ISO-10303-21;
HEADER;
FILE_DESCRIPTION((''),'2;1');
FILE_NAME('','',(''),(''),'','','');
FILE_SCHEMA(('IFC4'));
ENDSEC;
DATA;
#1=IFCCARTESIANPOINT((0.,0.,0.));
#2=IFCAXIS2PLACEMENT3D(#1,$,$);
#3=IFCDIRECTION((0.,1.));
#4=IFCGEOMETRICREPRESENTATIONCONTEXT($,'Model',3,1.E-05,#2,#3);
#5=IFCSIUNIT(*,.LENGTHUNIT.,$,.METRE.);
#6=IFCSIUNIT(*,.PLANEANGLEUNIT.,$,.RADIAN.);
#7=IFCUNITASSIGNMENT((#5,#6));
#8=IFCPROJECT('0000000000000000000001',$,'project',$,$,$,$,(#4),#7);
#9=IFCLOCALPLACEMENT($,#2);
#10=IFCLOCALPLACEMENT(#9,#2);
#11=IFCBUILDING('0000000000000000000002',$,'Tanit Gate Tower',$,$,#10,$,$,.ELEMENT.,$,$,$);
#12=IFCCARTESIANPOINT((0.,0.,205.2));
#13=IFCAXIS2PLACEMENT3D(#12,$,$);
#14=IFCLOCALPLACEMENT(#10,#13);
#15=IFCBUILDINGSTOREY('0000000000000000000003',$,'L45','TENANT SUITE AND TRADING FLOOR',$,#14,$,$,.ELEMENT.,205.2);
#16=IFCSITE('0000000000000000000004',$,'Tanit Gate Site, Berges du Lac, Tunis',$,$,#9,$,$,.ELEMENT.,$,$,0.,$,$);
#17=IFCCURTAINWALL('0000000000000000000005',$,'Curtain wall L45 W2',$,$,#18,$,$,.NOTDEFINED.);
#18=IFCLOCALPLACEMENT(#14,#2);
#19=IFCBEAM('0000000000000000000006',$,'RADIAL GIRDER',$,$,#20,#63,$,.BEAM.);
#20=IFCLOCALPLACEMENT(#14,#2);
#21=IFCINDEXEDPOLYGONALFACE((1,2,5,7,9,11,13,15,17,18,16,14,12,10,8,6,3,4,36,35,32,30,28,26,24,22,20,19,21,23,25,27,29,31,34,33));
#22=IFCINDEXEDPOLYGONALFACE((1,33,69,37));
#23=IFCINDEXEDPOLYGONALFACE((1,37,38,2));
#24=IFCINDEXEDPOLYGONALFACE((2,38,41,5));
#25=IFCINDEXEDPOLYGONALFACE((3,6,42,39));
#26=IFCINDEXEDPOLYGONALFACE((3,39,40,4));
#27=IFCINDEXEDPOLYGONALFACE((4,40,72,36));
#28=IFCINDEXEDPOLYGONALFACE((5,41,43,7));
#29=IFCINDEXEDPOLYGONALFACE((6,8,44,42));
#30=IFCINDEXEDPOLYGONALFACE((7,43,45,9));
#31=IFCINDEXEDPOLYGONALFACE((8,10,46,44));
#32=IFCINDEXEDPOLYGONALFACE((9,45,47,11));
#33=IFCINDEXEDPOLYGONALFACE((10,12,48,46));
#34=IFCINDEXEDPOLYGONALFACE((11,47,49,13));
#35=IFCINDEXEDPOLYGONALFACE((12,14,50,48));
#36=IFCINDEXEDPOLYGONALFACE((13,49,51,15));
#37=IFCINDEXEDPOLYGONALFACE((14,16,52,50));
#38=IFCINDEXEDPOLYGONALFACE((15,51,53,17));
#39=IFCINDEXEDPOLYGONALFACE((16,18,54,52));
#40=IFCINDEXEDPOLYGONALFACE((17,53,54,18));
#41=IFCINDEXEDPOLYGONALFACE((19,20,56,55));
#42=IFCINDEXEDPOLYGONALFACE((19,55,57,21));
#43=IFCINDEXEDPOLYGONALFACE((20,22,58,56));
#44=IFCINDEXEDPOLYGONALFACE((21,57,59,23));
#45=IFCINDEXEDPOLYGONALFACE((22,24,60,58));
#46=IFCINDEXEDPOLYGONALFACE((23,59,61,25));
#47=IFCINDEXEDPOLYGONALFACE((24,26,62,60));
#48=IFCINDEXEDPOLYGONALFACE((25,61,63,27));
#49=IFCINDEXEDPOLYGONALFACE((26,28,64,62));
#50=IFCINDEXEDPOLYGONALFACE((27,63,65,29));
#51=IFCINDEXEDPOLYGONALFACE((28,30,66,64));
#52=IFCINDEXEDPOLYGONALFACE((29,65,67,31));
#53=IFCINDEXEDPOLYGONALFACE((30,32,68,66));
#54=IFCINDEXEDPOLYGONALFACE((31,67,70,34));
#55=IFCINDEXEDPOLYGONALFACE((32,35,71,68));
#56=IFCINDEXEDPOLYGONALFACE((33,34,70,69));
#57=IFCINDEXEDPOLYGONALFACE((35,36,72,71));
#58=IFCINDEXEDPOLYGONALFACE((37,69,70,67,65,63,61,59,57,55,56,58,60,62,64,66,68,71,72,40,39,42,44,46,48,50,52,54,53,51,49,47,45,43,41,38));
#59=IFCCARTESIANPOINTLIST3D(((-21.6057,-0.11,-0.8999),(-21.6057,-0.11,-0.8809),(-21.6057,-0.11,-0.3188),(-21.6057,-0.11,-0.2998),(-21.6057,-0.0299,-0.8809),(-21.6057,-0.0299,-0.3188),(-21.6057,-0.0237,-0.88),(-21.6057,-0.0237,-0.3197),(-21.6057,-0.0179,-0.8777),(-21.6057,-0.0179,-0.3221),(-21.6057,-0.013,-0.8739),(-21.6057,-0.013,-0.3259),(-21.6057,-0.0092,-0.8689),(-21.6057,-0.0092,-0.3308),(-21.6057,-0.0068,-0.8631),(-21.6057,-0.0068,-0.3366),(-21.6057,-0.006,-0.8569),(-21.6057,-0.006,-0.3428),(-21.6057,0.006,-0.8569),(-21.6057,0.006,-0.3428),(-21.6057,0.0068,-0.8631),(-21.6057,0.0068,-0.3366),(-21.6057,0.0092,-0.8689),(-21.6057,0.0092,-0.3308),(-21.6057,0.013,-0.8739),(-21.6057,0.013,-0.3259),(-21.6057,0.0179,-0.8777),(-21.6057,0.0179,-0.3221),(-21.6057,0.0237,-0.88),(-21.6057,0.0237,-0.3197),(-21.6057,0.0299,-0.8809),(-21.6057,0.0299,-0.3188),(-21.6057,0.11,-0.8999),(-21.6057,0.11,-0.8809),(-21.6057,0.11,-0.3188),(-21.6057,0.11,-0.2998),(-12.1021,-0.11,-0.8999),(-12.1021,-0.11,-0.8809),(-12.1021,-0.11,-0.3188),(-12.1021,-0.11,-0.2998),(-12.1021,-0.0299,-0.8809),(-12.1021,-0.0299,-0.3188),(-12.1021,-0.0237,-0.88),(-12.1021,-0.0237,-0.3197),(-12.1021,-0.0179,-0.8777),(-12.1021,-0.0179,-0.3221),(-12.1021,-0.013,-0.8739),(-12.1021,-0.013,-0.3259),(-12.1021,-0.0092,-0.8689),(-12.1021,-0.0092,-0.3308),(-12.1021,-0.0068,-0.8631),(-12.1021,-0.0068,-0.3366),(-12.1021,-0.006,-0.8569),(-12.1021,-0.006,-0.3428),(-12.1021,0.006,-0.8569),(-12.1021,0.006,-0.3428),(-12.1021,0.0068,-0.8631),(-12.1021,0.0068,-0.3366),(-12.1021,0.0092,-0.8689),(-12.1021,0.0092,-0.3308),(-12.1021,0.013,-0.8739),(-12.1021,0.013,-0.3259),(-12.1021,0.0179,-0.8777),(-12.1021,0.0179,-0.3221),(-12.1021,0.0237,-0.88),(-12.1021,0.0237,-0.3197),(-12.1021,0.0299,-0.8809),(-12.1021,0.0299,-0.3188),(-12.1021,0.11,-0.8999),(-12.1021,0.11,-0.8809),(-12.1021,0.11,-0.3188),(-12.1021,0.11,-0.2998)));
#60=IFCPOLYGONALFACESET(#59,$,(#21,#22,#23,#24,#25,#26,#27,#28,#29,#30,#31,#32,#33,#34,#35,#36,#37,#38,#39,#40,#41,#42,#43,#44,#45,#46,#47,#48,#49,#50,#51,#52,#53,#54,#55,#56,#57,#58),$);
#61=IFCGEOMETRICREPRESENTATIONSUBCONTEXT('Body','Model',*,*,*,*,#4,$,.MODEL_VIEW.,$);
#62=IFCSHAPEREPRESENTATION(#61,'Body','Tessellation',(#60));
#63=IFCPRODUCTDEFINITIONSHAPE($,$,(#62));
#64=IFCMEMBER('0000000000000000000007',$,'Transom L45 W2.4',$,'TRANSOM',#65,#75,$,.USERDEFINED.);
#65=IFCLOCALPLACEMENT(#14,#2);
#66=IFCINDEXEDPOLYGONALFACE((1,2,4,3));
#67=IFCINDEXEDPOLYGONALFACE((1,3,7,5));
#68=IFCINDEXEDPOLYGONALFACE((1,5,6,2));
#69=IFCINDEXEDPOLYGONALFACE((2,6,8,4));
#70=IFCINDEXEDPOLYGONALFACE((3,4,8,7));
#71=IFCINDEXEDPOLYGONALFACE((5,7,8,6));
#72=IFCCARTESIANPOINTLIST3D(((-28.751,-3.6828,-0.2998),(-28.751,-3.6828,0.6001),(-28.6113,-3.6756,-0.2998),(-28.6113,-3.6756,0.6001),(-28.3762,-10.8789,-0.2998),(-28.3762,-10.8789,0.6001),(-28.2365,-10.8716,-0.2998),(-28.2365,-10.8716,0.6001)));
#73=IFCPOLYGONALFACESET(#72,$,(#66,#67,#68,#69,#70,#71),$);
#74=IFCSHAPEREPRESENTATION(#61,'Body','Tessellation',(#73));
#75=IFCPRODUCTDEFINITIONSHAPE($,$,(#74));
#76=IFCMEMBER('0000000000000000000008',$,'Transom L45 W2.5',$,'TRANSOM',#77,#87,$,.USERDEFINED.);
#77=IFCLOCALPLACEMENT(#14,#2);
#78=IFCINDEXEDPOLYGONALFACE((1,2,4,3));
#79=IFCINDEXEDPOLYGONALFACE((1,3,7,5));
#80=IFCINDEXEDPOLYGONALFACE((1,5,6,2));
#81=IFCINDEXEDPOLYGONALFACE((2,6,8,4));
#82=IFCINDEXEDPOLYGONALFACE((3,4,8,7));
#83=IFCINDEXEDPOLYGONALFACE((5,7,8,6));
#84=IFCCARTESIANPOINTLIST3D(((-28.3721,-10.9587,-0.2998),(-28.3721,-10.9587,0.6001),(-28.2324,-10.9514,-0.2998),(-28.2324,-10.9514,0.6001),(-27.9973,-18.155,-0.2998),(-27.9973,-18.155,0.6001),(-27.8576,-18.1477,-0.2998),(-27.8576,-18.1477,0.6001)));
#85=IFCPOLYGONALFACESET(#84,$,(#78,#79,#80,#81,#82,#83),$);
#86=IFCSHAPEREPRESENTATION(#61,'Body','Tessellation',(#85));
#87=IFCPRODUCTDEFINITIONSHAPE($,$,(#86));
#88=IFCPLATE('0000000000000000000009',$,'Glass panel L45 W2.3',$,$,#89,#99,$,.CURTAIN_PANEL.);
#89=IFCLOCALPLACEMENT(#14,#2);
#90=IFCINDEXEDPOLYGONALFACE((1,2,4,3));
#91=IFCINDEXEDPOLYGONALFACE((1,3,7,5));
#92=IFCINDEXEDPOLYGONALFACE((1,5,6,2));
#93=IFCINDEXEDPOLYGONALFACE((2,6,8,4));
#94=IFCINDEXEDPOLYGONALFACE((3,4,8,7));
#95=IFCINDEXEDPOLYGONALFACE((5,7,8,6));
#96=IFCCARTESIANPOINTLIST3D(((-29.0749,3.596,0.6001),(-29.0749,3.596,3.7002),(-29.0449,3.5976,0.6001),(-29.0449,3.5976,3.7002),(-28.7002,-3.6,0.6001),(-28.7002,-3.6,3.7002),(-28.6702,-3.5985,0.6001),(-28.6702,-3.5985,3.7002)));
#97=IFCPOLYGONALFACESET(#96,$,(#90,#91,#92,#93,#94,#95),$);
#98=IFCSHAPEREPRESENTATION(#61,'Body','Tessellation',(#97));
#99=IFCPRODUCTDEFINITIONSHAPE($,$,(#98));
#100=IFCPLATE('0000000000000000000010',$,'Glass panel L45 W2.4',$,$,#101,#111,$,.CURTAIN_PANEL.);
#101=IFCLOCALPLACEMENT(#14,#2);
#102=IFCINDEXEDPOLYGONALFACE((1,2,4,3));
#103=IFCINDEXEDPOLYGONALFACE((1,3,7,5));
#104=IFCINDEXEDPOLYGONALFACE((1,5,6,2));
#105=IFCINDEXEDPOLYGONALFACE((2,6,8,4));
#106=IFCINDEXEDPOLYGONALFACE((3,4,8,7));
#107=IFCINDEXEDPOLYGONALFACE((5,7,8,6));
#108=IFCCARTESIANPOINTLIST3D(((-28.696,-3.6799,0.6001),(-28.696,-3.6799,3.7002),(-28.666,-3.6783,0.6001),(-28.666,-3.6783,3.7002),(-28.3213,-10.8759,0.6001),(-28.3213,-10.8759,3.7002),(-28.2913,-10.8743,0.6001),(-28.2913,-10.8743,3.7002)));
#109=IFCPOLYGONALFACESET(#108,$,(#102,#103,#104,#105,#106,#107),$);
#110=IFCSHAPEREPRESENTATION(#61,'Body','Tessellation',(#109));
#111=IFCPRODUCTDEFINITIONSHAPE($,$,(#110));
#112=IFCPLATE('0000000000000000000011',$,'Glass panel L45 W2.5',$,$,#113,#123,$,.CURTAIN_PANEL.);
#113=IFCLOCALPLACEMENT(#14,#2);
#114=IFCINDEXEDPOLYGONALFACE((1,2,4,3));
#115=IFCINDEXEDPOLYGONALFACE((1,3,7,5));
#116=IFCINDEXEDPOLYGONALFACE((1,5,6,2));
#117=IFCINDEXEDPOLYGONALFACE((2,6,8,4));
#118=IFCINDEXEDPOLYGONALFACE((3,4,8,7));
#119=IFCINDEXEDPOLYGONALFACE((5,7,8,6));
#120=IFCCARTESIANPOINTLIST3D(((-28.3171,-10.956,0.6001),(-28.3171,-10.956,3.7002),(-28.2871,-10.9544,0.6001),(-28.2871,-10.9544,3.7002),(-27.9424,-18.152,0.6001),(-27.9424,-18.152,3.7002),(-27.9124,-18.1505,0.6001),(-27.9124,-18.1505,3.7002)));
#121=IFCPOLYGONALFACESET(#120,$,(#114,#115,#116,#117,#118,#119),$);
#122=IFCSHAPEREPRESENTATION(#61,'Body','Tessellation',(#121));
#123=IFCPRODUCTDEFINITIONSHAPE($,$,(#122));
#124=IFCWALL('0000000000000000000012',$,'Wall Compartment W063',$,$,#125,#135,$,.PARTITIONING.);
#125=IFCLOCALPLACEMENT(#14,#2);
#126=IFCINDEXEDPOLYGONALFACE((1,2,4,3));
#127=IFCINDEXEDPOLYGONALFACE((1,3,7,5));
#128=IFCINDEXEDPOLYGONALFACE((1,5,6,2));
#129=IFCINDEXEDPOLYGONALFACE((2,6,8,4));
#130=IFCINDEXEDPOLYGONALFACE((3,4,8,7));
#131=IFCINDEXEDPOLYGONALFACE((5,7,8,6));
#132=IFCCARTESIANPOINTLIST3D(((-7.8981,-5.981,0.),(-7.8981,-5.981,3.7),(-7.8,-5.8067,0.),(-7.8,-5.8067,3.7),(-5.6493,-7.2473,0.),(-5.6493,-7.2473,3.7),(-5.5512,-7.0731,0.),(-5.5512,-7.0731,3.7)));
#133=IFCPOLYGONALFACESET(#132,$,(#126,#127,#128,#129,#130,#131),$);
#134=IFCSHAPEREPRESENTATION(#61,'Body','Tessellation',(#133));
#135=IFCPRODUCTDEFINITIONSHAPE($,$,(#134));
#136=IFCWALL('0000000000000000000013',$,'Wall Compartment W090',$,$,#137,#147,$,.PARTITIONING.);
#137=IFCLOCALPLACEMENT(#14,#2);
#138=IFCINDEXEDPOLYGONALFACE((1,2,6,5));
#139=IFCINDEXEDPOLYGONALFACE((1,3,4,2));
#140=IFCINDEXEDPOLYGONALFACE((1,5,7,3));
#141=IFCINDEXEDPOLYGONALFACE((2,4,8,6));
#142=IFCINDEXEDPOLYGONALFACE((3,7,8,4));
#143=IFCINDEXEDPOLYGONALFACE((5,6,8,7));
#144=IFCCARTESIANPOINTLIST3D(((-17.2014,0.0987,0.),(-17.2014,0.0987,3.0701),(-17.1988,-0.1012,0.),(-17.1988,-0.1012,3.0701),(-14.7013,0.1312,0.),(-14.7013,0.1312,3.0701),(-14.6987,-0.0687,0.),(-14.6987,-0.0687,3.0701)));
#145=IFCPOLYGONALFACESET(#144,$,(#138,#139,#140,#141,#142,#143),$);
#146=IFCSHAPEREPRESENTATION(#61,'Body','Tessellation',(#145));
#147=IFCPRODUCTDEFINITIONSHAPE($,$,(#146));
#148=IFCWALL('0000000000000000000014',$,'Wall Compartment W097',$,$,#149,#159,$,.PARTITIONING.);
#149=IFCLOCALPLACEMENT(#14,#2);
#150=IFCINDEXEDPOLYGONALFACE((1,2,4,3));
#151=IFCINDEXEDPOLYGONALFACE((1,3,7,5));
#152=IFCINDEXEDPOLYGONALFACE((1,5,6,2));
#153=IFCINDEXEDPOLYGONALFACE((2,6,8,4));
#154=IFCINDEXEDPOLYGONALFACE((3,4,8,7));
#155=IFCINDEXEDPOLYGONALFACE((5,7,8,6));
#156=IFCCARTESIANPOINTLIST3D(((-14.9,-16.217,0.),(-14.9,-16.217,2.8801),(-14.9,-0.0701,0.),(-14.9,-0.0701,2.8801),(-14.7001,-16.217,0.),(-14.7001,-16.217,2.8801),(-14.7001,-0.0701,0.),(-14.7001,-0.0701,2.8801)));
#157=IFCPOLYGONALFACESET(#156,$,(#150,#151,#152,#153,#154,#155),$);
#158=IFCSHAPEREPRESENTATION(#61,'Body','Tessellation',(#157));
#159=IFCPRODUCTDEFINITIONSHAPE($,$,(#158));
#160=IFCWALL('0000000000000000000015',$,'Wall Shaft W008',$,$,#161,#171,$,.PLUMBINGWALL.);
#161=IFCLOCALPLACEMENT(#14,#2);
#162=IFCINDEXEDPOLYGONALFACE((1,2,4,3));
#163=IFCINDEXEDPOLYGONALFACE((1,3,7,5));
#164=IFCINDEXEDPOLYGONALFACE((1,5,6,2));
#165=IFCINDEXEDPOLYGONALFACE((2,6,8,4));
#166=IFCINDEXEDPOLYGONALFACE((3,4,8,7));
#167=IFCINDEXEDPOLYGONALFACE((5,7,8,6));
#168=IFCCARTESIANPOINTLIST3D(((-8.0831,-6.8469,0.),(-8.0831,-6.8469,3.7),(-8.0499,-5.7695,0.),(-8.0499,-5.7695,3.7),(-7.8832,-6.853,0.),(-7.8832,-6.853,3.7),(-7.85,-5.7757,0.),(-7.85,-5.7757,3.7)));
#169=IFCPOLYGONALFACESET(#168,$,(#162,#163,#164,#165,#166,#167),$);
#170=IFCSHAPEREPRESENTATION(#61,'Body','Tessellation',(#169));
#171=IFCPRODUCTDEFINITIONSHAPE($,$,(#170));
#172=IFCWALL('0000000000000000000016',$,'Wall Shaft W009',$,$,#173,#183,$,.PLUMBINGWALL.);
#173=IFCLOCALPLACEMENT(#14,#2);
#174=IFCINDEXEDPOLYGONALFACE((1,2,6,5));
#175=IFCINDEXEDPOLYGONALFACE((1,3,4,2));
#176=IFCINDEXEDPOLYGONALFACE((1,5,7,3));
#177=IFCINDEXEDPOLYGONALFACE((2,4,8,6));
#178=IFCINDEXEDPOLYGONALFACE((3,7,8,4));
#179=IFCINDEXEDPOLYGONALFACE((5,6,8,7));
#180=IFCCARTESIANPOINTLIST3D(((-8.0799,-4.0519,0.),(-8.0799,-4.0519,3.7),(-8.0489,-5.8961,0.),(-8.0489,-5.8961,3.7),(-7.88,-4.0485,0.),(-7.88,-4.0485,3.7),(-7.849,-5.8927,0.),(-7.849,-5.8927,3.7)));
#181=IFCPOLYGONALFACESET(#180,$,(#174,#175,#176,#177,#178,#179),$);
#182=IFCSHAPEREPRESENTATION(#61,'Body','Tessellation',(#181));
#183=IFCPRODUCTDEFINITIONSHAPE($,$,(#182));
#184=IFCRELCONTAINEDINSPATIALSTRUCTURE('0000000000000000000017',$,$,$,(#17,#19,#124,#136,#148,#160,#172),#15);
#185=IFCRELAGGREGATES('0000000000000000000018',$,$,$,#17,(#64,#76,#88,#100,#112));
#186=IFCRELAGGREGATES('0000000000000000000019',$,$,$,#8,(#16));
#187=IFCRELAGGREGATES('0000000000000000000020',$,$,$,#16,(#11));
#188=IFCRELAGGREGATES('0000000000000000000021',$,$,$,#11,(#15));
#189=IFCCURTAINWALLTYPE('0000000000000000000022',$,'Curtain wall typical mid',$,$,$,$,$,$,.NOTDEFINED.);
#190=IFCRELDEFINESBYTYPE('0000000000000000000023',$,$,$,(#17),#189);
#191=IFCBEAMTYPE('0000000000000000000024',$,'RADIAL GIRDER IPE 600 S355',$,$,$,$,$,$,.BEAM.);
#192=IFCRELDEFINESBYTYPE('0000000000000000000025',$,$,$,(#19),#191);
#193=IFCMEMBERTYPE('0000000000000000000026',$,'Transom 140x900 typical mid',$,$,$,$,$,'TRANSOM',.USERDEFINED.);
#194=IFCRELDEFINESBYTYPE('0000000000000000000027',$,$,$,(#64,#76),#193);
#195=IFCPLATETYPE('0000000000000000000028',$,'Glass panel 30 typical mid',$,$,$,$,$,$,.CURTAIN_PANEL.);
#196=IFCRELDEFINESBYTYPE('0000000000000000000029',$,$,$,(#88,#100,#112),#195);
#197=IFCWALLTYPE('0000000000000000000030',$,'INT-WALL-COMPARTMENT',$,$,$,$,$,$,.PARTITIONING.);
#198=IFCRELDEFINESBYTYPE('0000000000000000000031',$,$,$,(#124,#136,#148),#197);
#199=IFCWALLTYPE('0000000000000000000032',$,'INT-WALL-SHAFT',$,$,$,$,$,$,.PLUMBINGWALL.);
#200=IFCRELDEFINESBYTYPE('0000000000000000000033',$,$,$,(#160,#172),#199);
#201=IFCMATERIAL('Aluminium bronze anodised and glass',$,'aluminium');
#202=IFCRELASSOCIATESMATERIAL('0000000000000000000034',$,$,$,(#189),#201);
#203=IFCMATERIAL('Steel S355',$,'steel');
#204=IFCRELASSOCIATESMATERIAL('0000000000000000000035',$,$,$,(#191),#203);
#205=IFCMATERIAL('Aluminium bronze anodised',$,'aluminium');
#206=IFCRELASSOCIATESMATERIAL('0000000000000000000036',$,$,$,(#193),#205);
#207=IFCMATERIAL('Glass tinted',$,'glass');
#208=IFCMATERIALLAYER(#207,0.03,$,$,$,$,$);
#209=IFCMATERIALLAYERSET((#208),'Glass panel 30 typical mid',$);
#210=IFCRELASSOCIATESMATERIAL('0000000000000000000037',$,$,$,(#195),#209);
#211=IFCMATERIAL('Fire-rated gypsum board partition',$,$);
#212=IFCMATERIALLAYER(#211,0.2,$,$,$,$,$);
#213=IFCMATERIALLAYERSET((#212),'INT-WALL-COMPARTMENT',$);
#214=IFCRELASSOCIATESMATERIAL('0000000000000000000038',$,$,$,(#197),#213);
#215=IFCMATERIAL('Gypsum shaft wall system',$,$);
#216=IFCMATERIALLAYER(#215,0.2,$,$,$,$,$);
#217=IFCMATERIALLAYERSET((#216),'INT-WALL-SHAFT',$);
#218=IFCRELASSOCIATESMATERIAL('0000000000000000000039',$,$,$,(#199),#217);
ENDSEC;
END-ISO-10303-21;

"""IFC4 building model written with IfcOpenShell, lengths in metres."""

from ifc_helpers import new_model, si_unit, direction, frame, frame_2d, origin, origin_2d, place, context, subcontext, project, spatial, rectangle, i_section, extrude, material, layer, layer_set, material_profile, profile_set, type_object, element, aggregate, save


model = new_model("IFC4")

# Units and contexts
model_context = context("Model", 3, precision=1e-05, world=origin(), true_north=direction((0.0, 1.0)))
body_context = subcontext(model_context, "Body", "Model", "MODEL_VIEW")
ifc_project = project(units=[si_unit("LENGTHUNIT", "METRE"), si_unit("PLANEANGLEUNIT", "RADIAN")], contexts=[model_context])

# Site, building, storey
site_placement = place(None, origin())
site = spatial("IfcSite", under=ifc_project, at=site_placement, Name="Tanit Gate Site, Berges du Lac, Tunis", CompositionType="ELEMENT", RefElevation=0.0)
building_placement = place(site_placement, origin())
building = spatial("IfcBuilding", under=site, at=building_placement, Name="Tanit Gate Tower", CompositionType="ELEMENT")
storey_placement = place(building_placement, frame((0.0, 0.0, 205.2)))
storey = spatial("IfcBuildingStorey", under=building, at=storey_placement, Name="L45", Description="TENANT SUITE AND TRADING FLOOR", CompositionType="ELEMENT", Elevation=205.2)

# Curtain wall
ifc_material_1 = material(Name="Aluminium bronze anodised and glass", Category="aluminium")
curtain_wall_type = type_object("IfcCurtainWallType", Name="Curtain wall typical mid", PredefinedType="NOTDEFINED", material=ifc_material_1)
curtain_wall_placement = place(storey_placement, origin())
curtain_wall = element("IfcCurtainWall", 1, at=curtain_wall_placement, inside=storey, type_object=curtain_wall_type, Name="Curtain wall L45 W2", PredefinedType="NOTDEFINED")

# Beam
ifc_material_2 = material(Name="Steel S355", Category="steel")
ifc_material_profile_1 = material_profile(ifc_material_2, i_section(OverallWidth=0.22, OverallDepth=0.6001, WebThickness=0.012, FlangeThickness=0.019, FilletRadius=0.0239, at=origin_2d()), Name="IPE 600")
ifc_profile_set_1 = profile_set([ifc_material_profile_1], Name="Steel S355")
beam_type_1 = type_object("IfcBeamType", Name="RADIAL GIRDER IPE 600 S355", PredefinedType="BEAM", material=ifc_profile_set_1)
beam_1_placement = place(storey_placement, frame((-21.6057, 0.0, -0.5999), z_axis=(1.0, 0.0, 0.0), x_axis=(0.0, 1.0, 0.0)))
element("IfcBeam", 2, at=beam_1_placement, inside=storey, type_object=beam_type_1, Name="RADIAL GIRDER", PredefinedType="BEAM", context=body_context, shape_type="SweptSolid", body=[
    extrude(i_section(OverallWidth=0.22, OverallDepth=0.6001, WebThickness=0.012, FlangeThickness=0.019, FilletRadius=0.0239, at=origin_2d()), origin(), (0.0, 0.0, 1.0), 9.5037),
])

# Members
ifc_material_3 = material(Name="Aluminium bronze anodised", Category="aluminium")
ifc_material_profile_2 = material_profile(ifc_material_3, rectangle(XDim=0.1399, YDim=0.8999, at=origin_2d()), Name="140x900 bronze transom")
ifc_profile_set_2 = profile_set([ifc_material_profile_2], Name="Aluminium bronze anodised")
member_type_1 = type_object("IfcMemberType", Name="Transom 140x900 typical mid", ElementType="TRANSOM", PredefinedType="USERDEFINED", material=ifc_profile_set_2)
member_1_placement = place(storey_placement, frame((-28.6812, -3.6792, 0.1501), z_axis=(0.052008, -0.998647, 0.0), x_axis=(0.998647, 0.052008, 0.0)))
member_1 = element("IfcMember", 3, at=member_1_placement, type_object=member_type_1, Name="Transom L45 W2.4", ObjectType="TRANSOM", PredefinedType="USERDEFINED", context=body_context, shape_type="SweptSolid", body=[
    extrude(rectangle(XDim=0.1399, YDim=0.8999, at=origin_2d()), origin(), (0.0, 0.0, 1.0), 7.2058),
])
member_2_placement = place(storey_placement, frame((-28.3022, -10.9551, 0.1501), z_axis=(0.052006, -0.998647, 0.0), x_axis=(0.998647, 0.052006, 0.0)))
member_2 = element("IfcMember", 4, at=member_2_placement, type_object=member_type_1, Name="Transom L45 W2.5", ObjectType="TRANSOM", PredefinedType="USERDEFINED", context=body_context, shape_type="SweptSolid", body=[
    extrude(rectangle(XDim=0.1399, YDim=0.8999, at=origin_2d()), origin(), (0.0, 0.0, 1.0), 7.2061),
])

# Plates
ifc_material_4 = material(Name="Glass tinted", Category="glass")
ifc_layer_1 = layer(ifc_material_4, 0.03)
ifc_layer_set_1 = layer_set([ifc_layer_1], Name="Glass panel 30 typical mid")
plate_type = type_object("IfcPlateType", Name="Glass panel 30 typical mid", PredefinedType="CURTAIN_PANEL", material=ifc_layer_set_1)
plate_1_placement = place(storey_placement, frame((-28.8726, -0.0012, 0.6001), z_axis=(0.0, 0.0, 1.0), x_axis=(0.052003, -0.998647, 0.0)))
plate_1 = element("IfcPlate", 5, at=plate_1_placement, type_object=plate_type, Name="Glass panel L45 W2.3", PredefinedType="CURTAIN_PANEL", context=body_context, shape_type="SweptSolid", body=[
    extrude(rectangle(XDim=7.2058, YDim=0.03, at=origin_2d()), origin(), (0.0, 0.0, 1.0), 3.1001),
])
plate_2_placement = place(storey_placement, frame((-28.4937, -7.2771, 0.6001), z_axis=(0.0, 0.0, 1.0), x_axis=(0.052003, -0.998647, 0.0)))
plate_2 = element("IfcPlate", 6, at=plate_2_placement, type_object=plate_type, Name="Glass panel L45 W2.4", PredefinedType="CURTAIN_PANEL", context=body_context, shape_type="SweptSolid", body=[
    extrude(rectangle(XDim=7.2058, YDim=0.03, at=origin_2d()), origin(), (0.0, 0.0, 1.0), 3.1001),
])
plate_3_placement = place(storey_placement, frame((-28.1147, -14.5532, 0.6001), z_axis=(0.0, 0.0, 1.0), x_axis=(0.052003, -0.998647, 0.0)))
plate_3 = element("IfcPlate", 7, at=plate_3_placement, type_object=plate_type, Name="Glass panel L45 W2.5", PredefinedType="CURTAIN_PANEL", context=body_context, shape_type="SweptSolid", body=[
    extrude(rectangle(XDim=7.2058, YDim=0.03, at=origin_2d()), origin(), (0.0, 0.0, 1.0), 3.1001),
])
aggregate(curtain_wall, [member_1, member_2, plate_1, plate_2, plate_3])

# Walls
ifc_material_5 = material(Name="Fire-rated gypsum board partition")
ifc_layer_2 = layer(ifc_material_5, 0.2)
ifc_layer_set_2 = layer_set([ifc_layer_2], Name="INT-WALL-COMPARTMENT")
wall_type_1 = type_object("IfcWallType", Name="INT-WALL-COMPARTMENT", PredefinedType="PARTITIONING", material=ifc_layer_set_2)
wall_1_placement = place(storey_placement, frame((-7.8491, -5.8938, 0.0), z_axis=(0.0, 0.0, 1.0), x_axis=(0.87134, -0.490679, 0.0)))
element("IfcWall", 8, at=wall_1_placement, inside=storey, type_object=wall_type_1, Name="Wall Compartment W063", PredefinedType="PARTITIONING", context=body_context, shape_type="SweptSolid", body=[
    extrude(rectangle(XDim=2.5808, YDim=0.2, at=frame_2d((1.2905, 0.0))), origin(), (0.0, 0.0, 1.0), 3.7),
])
wall_2_placement = place(storey_placement, frame((-17.2, -0.0012, 0.0), z_axis=(0.0, 0.0, 1.0), x_axis=(0.999916, 0.012987, 0.0)))
element("IfcWall", 9, at=wall_2_placement, inside=storey, type_object=wall_type_1, Name="Wall Compartment W090", PredefinedType="PARTITIONING", context=body_context, shape_type="SweptSolid", body=[
    extrude(rectangle(XDim=2.5002, YDim=0.2, at=frame_2d((1.25, 0.0))), origin(), (0.0, 0.0, 1.0), 3.0701),
])
wall_3_placement = place(storey_placement, frame((-14.8, -0.0701, 0.0), z_axis=(0.0, 0.0, 1.0), x_axis=(0.0, -1.0, 0.0)))
element("IfcWall", 10, at=wall_3_placement, inside=storey, type_object=wall_type_1, Name="Wall Compartment W097", PredefinedType="PARTITIONING", context=body_context, shape_type="SweptSolid", body=[
    extrude(rectangle(XDim=16.147, YDim=0.2, at=frame_2d((8.0735, 0.0))), origin(), (0.0, 0.0, 1.0), 2.8801),
])
ifc_material_6 = material(Name="Gypsum shaft wall system")
ifc_layer_3 = layer(ifc_material_6, 0.2)
ifc_layer_set_3 = layer_set([ifc_layer_3], Name="INT-WALL-SHAFT")
wall_type_2 = type_object("IfcWallType", Name="INT-WALL-SHAFT", PredefinedType="PLUMBINGWALL", material=ifc_layer_set_3)
wall_4_placement = place(storey_placement, frame((-7.95, -5.7725, 0.0), z_axis=(0.0, 0.0, 1.0), x_axis=(-0.030803, -0.999525, 0.0)))
element("IfcWall", 11, at=wall_4_placement, inside=storey, type_object=wall_type_2, Name="Wall Shaft W008", PredefinedType="PLUMBINGWALL", context=body_context, shape_type="SweptSolid", body=[
    extrude(rectangle(XDim=1.0779, YDim=0.2, at=frame_2d((0.5391, 0.0))), origin(), (0.0, 0.0, 1.0), 3.7),
])
wall_5_placement = place(storey_placement, frame((-7.98, -4.05, 0.0), z_axis=(0.0, 0.0, 1.0), x_axis=(0.01681, -0.999859, 0.0)))
element("IfcWall", 12, at=wall_5_placement, inside=storey, type_object=wall_type_2, Name="Wall Shaft W009", PredefinedType="PLUMBINGWALL", context=body_context, shape_type="SweptSolid", body=[
    extrude(rectangle(XDim=1.8445, YDim=0.2, at=frame_2d((0.9224, 0.0))), origin(), (0.0, 0.0, 1.0), 3.7),
])

save(model, "model.ifc")
